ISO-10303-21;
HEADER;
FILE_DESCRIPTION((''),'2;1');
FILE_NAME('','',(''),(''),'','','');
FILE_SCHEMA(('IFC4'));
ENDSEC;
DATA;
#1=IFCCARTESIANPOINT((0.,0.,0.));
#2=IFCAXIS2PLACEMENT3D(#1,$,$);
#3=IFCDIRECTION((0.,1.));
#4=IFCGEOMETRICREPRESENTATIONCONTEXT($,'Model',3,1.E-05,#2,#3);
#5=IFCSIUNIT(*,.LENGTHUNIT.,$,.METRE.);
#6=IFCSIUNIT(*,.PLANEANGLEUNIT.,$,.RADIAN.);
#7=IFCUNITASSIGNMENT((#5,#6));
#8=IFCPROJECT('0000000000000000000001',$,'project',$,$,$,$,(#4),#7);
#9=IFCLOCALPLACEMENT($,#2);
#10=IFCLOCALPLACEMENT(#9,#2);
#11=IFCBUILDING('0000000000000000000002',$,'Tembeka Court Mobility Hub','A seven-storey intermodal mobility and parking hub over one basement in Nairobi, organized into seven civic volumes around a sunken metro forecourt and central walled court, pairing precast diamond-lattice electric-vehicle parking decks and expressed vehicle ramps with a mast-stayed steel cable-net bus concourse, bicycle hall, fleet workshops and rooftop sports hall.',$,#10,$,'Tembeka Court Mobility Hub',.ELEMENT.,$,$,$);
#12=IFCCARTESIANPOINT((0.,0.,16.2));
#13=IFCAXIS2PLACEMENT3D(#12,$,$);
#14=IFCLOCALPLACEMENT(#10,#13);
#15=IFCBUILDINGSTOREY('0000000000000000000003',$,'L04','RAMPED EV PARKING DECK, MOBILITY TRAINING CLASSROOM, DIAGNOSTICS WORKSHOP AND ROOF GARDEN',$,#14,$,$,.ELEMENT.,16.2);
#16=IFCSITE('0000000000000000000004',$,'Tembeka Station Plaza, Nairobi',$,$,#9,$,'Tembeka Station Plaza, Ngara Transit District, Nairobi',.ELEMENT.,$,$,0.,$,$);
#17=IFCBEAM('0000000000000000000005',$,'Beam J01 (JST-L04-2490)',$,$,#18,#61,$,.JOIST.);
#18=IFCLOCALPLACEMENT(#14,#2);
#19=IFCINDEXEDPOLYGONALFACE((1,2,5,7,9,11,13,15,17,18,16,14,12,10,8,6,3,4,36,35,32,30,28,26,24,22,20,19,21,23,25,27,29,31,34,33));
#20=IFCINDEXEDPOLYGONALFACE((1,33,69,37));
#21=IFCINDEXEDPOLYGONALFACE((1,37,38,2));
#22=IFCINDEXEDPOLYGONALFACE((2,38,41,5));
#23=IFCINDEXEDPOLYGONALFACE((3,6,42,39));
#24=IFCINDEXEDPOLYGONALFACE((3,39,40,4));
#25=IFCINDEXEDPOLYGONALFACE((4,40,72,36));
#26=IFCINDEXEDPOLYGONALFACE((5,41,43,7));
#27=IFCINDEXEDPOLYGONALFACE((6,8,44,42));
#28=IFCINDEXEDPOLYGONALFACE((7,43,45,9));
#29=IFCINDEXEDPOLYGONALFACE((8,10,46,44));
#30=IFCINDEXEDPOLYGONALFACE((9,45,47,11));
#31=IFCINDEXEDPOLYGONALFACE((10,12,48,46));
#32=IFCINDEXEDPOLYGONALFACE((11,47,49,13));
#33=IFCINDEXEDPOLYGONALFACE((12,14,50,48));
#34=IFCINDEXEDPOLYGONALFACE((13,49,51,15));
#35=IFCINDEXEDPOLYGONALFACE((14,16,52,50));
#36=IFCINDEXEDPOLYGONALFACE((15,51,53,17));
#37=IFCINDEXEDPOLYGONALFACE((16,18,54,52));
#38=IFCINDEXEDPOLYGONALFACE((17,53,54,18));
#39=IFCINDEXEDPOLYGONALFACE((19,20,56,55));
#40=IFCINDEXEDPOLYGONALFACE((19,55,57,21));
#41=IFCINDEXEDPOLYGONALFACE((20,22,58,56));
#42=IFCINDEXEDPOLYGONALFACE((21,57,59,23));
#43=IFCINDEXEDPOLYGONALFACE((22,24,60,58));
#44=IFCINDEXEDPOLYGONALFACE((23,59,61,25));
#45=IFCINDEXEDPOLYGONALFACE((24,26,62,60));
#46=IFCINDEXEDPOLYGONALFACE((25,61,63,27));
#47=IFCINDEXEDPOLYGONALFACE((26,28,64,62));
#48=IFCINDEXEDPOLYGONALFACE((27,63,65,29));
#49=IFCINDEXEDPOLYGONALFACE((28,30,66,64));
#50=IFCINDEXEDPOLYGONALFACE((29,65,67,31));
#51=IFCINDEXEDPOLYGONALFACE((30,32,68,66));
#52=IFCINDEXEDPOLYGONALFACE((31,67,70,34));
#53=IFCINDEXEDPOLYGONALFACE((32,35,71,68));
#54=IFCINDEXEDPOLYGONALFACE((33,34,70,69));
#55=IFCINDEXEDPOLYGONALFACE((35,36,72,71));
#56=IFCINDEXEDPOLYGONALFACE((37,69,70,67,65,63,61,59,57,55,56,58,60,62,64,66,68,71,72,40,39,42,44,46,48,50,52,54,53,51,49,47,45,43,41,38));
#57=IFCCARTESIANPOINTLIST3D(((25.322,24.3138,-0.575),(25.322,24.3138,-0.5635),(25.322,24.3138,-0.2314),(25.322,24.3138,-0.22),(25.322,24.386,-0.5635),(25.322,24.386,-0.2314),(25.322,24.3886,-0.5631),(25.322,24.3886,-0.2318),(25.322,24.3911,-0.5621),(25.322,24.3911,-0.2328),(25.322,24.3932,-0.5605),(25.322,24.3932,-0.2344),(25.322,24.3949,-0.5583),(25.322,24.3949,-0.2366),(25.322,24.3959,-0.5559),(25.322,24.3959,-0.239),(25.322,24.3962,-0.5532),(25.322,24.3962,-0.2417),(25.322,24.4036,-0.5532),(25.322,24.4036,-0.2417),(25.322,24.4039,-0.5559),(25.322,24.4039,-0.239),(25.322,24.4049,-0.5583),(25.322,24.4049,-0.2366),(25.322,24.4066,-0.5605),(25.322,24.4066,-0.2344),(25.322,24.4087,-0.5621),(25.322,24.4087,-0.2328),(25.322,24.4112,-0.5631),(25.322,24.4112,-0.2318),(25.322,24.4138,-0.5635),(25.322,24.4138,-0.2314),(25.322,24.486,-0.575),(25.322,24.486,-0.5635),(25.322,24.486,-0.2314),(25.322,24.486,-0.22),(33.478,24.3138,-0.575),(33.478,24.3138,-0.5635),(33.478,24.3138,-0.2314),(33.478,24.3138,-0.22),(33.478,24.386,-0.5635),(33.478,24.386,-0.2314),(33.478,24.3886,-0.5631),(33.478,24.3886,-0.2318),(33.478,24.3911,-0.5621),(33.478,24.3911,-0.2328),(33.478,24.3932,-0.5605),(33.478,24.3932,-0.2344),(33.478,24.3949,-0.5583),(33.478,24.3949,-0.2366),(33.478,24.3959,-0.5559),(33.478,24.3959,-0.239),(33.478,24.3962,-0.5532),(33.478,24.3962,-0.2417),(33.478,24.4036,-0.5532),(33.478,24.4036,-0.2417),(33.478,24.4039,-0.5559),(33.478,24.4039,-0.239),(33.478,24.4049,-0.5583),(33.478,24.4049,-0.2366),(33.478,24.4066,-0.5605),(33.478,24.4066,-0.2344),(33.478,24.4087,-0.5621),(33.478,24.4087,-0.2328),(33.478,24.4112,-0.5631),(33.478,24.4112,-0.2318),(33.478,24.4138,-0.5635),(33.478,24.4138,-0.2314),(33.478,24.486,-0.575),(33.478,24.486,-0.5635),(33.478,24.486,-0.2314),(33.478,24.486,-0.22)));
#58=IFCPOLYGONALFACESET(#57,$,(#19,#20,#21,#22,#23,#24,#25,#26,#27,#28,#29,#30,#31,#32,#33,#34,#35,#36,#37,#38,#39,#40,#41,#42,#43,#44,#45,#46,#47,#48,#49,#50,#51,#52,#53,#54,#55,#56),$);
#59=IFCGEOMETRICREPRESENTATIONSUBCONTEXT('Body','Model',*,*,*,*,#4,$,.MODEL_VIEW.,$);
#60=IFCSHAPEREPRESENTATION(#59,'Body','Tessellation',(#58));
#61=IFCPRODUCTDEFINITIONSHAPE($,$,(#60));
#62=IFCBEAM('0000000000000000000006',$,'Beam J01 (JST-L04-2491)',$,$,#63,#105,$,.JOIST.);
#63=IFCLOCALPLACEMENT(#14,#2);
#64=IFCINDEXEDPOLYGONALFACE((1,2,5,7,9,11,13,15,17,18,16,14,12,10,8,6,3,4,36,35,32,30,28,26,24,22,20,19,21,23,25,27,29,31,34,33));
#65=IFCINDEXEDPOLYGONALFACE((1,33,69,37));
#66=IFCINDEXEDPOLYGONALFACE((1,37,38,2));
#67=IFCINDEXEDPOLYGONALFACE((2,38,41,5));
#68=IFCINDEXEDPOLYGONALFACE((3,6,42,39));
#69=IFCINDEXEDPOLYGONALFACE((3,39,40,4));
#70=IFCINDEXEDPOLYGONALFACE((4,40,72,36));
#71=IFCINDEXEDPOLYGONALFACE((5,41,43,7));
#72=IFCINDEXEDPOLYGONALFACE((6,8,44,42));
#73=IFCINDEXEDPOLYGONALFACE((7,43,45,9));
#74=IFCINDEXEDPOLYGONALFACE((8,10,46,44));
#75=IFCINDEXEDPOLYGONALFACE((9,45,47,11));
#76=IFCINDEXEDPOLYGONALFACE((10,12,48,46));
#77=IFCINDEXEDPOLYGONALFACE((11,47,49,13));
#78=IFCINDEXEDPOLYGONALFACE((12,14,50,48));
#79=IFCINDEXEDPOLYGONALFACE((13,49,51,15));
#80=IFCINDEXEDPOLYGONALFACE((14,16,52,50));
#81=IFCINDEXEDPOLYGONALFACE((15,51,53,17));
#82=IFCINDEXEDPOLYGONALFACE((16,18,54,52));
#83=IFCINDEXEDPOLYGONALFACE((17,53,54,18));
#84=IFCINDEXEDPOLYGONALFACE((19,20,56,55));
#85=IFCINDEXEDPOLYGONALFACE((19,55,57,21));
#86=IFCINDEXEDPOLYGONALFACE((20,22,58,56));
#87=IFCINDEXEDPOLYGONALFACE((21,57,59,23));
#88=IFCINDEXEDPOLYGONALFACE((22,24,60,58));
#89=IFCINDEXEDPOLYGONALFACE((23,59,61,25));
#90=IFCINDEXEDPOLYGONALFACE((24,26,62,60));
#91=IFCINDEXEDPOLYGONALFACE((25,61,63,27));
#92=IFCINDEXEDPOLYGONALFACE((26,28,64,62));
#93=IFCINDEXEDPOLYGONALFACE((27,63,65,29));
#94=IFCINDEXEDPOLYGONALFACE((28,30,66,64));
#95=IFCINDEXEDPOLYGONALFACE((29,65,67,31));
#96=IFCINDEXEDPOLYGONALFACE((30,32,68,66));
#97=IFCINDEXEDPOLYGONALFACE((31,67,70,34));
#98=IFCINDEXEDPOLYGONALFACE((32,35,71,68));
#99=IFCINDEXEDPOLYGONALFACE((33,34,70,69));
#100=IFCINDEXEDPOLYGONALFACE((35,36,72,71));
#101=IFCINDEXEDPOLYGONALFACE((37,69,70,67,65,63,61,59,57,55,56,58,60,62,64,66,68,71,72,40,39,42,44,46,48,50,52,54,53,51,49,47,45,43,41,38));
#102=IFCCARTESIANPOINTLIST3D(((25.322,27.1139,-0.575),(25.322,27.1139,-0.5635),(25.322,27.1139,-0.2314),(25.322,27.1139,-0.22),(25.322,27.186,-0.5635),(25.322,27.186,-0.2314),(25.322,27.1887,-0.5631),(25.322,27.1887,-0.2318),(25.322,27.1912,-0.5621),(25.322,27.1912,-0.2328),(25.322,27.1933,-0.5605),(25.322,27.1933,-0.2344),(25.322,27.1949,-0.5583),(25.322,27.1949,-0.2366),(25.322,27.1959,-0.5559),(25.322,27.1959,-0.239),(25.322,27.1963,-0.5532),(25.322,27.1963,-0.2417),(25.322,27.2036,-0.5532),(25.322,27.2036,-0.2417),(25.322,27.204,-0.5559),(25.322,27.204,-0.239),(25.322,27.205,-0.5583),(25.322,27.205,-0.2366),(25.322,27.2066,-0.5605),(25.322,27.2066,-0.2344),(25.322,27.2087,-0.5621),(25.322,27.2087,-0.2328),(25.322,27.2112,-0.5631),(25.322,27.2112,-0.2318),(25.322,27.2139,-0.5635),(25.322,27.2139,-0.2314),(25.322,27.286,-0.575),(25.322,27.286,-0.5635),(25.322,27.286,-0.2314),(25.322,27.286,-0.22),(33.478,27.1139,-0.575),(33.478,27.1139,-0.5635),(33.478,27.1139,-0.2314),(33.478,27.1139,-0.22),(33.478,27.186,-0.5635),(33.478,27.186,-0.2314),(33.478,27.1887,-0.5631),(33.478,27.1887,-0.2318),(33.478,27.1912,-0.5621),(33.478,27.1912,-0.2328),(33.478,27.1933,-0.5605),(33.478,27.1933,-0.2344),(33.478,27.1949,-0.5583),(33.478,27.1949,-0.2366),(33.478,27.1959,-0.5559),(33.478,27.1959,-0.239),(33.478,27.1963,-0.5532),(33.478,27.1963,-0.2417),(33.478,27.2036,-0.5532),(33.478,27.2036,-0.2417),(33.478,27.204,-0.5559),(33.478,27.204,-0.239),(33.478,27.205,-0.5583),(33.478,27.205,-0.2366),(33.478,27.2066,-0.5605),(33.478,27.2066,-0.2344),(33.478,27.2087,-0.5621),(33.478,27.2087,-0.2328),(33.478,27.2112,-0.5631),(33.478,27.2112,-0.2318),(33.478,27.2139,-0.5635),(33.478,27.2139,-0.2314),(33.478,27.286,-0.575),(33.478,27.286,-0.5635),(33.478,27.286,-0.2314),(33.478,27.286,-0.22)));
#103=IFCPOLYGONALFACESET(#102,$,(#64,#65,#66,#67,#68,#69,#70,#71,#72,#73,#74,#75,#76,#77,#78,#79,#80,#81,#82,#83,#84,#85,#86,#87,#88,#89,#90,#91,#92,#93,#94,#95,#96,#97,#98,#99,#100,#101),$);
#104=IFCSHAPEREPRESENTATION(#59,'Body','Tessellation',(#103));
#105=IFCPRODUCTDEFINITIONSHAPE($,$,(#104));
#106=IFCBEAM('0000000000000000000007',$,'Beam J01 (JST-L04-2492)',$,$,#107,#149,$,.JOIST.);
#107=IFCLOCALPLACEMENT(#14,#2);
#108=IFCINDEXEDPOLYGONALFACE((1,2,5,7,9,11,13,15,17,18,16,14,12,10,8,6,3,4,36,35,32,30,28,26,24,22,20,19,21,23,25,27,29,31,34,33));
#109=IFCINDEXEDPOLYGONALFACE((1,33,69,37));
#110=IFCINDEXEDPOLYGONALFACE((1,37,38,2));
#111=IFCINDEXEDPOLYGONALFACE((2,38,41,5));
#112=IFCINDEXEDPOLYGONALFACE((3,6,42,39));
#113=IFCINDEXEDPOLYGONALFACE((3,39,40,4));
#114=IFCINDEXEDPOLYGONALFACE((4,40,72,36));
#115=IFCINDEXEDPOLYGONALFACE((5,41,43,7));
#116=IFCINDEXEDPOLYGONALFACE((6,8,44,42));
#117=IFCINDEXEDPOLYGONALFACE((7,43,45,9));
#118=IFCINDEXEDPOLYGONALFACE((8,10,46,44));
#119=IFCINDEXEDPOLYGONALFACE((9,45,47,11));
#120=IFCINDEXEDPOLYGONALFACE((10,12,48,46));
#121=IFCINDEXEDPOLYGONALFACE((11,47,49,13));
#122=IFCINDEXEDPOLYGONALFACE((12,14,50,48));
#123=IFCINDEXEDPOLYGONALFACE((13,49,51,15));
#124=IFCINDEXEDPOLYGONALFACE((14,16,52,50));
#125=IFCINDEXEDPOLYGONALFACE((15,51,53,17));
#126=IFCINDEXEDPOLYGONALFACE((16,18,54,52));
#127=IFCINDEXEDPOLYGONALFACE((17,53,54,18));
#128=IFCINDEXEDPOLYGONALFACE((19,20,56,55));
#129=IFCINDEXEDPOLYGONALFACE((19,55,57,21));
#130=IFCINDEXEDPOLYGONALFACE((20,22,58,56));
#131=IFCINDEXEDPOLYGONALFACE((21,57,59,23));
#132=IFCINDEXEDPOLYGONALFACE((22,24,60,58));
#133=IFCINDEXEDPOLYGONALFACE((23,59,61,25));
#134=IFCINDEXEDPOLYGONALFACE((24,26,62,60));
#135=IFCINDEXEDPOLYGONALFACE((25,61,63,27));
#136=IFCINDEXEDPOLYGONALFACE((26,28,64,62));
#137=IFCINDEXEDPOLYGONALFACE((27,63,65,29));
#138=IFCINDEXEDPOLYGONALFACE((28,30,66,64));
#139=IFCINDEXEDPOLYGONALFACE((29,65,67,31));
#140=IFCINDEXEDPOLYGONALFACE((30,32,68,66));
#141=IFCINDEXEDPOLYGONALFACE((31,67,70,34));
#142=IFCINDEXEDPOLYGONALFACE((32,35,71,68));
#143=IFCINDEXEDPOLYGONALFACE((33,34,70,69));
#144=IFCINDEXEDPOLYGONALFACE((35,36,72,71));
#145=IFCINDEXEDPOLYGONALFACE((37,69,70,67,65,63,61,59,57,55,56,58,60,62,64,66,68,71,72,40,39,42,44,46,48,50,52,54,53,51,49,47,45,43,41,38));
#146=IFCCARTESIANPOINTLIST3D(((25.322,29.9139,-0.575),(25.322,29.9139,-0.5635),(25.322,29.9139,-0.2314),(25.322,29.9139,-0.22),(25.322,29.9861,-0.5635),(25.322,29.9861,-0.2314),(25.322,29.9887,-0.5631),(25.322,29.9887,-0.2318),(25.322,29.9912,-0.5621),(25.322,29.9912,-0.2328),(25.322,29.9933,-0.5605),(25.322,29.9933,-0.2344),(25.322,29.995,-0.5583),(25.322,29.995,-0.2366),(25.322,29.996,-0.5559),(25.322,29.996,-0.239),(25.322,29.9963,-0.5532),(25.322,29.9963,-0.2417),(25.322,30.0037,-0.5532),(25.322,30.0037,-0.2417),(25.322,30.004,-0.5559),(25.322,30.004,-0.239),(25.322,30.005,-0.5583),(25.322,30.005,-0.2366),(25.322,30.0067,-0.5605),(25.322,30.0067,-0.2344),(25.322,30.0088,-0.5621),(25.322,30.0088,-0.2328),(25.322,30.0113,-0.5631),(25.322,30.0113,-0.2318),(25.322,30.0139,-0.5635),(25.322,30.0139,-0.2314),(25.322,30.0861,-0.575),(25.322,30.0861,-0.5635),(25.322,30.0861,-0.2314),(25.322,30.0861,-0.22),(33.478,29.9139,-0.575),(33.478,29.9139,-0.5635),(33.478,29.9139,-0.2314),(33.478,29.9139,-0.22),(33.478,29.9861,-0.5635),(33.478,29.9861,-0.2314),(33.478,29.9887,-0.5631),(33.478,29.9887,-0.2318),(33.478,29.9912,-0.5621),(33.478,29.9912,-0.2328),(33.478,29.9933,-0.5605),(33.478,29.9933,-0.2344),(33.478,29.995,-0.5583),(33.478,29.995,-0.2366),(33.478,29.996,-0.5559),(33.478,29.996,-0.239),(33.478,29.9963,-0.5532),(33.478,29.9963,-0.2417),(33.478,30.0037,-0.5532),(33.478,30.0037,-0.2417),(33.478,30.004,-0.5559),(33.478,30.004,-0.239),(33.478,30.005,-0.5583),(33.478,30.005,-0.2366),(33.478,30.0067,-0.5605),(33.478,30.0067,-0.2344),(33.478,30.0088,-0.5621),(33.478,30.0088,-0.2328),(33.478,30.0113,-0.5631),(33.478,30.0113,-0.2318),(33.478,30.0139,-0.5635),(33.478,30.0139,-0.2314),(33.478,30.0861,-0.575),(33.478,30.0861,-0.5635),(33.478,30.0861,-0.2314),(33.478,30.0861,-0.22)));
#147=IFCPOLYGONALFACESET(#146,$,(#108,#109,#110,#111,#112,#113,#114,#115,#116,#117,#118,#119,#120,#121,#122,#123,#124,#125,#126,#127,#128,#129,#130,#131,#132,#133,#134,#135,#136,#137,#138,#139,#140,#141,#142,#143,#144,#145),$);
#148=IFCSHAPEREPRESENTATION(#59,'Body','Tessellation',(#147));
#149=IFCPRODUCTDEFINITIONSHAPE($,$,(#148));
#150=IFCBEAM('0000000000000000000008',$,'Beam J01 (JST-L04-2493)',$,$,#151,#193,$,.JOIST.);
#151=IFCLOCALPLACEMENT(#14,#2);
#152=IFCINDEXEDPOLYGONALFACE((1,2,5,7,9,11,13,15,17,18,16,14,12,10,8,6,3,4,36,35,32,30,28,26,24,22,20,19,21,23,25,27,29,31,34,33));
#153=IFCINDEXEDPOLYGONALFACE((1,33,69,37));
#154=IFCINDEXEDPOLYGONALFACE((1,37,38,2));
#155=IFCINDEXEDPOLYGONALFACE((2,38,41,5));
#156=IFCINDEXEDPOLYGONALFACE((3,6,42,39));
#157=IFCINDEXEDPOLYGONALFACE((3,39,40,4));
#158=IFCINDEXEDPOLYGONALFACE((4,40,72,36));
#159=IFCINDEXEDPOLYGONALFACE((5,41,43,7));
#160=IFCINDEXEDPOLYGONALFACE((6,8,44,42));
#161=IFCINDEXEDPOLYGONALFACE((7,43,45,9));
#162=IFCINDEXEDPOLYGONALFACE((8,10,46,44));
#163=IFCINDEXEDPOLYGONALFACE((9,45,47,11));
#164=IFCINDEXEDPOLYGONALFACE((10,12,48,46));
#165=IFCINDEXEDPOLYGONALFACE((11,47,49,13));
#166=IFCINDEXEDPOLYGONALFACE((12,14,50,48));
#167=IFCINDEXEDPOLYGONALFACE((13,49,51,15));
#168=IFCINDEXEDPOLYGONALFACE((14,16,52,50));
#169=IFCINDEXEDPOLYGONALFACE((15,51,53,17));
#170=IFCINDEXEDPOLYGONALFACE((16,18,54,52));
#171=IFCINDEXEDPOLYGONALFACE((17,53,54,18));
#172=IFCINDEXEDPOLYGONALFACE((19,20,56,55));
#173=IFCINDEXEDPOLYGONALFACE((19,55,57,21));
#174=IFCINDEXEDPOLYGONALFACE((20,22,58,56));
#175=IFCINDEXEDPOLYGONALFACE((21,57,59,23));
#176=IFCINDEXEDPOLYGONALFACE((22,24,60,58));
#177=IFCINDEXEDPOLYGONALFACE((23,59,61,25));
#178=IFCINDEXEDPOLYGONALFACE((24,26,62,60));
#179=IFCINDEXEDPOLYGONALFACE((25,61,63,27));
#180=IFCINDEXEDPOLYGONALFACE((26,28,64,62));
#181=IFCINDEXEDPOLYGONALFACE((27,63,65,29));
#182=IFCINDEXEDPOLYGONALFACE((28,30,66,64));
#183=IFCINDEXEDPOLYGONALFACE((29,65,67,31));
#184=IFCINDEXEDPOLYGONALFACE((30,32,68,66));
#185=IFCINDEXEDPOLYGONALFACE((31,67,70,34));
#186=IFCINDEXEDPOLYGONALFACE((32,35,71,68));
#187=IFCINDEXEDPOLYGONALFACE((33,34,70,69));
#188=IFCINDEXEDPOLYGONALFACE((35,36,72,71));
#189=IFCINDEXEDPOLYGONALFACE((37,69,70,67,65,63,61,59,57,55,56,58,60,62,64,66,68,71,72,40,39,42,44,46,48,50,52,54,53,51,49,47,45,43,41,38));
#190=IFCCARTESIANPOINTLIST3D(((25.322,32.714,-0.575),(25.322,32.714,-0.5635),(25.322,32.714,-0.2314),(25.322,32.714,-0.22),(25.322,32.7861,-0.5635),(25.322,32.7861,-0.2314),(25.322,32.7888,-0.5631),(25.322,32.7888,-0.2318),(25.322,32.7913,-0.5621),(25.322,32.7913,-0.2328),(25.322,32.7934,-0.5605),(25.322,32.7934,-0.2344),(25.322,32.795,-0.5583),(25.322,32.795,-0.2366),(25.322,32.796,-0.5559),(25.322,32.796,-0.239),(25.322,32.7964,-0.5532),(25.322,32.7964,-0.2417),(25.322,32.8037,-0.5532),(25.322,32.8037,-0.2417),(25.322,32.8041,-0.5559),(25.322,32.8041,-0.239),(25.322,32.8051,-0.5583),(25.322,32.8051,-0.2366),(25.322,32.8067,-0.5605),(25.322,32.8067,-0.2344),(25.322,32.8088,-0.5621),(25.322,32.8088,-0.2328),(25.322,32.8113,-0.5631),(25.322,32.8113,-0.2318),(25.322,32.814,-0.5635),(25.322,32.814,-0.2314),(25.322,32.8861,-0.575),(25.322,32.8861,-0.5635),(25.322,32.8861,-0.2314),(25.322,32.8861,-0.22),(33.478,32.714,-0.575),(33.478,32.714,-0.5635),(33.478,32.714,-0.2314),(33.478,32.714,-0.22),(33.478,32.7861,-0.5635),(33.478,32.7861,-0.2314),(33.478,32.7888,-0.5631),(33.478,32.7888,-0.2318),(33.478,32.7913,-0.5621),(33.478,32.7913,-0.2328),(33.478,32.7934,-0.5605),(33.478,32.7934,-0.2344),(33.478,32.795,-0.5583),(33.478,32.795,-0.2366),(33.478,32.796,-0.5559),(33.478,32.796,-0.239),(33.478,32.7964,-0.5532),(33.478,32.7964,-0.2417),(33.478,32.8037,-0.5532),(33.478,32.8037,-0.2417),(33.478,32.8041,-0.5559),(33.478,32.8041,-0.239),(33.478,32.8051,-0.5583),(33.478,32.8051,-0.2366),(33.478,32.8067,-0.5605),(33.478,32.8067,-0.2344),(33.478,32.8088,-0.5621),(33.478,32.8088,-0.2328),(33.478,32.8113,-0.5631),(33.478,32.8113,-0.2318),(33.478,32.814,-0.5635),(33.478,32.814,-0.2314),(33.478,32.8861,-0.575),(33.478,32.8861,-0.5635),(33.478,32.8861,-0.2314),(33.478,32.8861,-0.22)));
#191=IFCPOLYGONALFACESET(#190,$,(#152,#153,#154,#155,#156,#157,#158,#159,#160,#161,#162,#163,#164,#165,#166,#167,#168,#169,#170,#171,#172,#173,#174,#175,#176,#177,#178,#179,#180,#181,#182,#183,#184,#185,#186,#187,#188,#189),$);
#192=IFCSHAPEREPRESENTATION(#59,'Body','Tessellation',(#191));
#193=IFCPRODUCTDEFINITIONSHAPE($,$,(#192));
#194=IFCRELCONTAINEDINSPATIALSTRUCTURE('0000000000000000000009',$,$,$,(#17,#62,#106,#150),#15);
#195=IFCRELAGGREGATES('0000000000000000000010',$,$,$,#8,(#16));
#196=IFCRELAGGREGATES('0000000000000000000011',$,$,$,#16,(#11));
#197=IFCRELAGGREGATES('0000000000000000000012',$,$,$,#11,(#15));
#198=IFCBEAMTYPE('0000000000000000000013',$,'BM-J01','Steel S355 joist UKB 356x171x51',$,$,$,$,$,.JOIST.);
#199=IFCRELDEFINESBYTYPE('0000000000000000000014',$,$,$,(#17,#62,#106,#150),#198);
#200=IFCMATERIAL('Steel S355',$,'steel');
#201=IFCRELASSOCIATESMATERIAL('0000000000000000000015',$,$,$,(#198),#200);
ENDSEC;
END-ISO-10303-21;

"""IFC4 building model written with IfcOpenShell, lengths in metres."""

from ifc_helpers import new_model, si_unit, direction, frame, origin, origin_2d, place, context, subcontext, project, spatial, i_section, extrude, material, material_profile, profile_set, type_object, element, save


model = new_model("IFC4")

# Units and contexts
model_context = context("Model", 3, precision=1e-05, world=origin(), true_north=direction((0.0, 1.0)))
body_context = subcontext(model_context, "Body", "Model", "MODEL_VIEW")
ifc_project = project(units=[si_unit("LENGTHUNIT", "METRE"), si_unit("PLANEANGLEUNIT", "RADIAN")], contexts=[model_context])

# Site, building, storey
site_placement = place(None, origin())
site = spatial("IfcSite", under=ifc_project, at=site_placement, Name="Tembeka Station Plaza, Nairobi", LongName="Tembeka Station Plaza, Ngara Transit District, Nairobi", CompositionType="ELEMENT", RefElevation=0.0)
building_placement = place(site_placement, origin())
building = spatial("IfcBuilding", under=site, at=building_placement, Name="Tembeka Court Mobility Hub", Description="A seven-storey intermodal mobility and parking hub over one basement in Nairobi, organized into seven civic volumes around a sunken metro forecourt and central walled court, pairing precast diamond-lattice electric-vehicle parking decks and expressed vehicle ramps with a mast-stayed steel cable-net bus concourse, bicycle hall, fleet workshops and rooftop sports hall.", LongName="Tembeka Court Mobility Hub", CompositionType="ELEMENT")
storey_placement = place(building_placement, frame((0.0, 0.0, 16.2)))
storey = spatial("IfcBuildingStorey", under=building, at=storey_placement, Name="L04", Description="RAMPED EV PARKING DECK, MOBILITY TRAINING CLASSROOM, DIAGNOSTICS WORKSHOP AND ROOF GARDEN", CompositionType="ELEMENT", Elevation=16.2)

# Shared definitions
ifc_material_1 = material(Name="Steel S355", Category="steel")

# Beams
ifc_material_profile_1 = material_profile(ifc_material_1, i_section(OverallWidth=0.1721, OverallDepth=0.355, WebThickness=0.0073, FlangeThickness=0.0115, FilletRadius=0.0103, at=origin_2d()), Name="UKB 356x171x51")
ifc_profile_set_1 = profile_set([ifc_material_profile_1], Name="Steel S355")
beam_type_1 = type_object("IfcBeamType", Name="BM-J01", Description="Steel S355 joist UKB 356x171x51", PredefinedType="JOIST", material=ifc_profile_set_1)
for number, where, z_axis, x_axis, name in (
    (1, (25.322, 24.3999, -0.3975), (1.0, 0.0, 0.0), (0.0, 1.0, 0.0), "Beam J01 (JST-L04-2490)"),
    (2, (25.322, 27.2, -0.3975), (1.0, 0.0, 0.0), (0.0, 1.0, 0.0), "Beam J01 (JST-L04-2491)"),
    (3, (25.322, 30.0, -0.3975), (1.0, 0.0, 0.0), (0.0, 1.0, 0.0), "Beam J01 (JST-L04-2492)"),
    (4, (25.322, 32.8, -0.3975), (1.0, 0.0, 0.0), (0.0, 1.0, 0.0), "Beam J01 (JST-L04-2493)"),
):
    element("IfcBeam", number, at=place(storey_placement, frame(where, z_axis=z_axis, x_axis=x_axis)), inside=storey, type_object=beam_type_1, Name=name, PredefinedType="JOIST", context=body_context, shape_type="SweptSolid", body=[
        extrude(i_section(OverallWidth=0.1721, OverallDepth=0.355, WebThickness=0.0073, FlangeThickness=0.0115, FilletRadius=0.0103, at=origin_2d()), origin(), (0.0, 0.0, 1.0), 8.156),
    ])

save(model, "model.ifc")
